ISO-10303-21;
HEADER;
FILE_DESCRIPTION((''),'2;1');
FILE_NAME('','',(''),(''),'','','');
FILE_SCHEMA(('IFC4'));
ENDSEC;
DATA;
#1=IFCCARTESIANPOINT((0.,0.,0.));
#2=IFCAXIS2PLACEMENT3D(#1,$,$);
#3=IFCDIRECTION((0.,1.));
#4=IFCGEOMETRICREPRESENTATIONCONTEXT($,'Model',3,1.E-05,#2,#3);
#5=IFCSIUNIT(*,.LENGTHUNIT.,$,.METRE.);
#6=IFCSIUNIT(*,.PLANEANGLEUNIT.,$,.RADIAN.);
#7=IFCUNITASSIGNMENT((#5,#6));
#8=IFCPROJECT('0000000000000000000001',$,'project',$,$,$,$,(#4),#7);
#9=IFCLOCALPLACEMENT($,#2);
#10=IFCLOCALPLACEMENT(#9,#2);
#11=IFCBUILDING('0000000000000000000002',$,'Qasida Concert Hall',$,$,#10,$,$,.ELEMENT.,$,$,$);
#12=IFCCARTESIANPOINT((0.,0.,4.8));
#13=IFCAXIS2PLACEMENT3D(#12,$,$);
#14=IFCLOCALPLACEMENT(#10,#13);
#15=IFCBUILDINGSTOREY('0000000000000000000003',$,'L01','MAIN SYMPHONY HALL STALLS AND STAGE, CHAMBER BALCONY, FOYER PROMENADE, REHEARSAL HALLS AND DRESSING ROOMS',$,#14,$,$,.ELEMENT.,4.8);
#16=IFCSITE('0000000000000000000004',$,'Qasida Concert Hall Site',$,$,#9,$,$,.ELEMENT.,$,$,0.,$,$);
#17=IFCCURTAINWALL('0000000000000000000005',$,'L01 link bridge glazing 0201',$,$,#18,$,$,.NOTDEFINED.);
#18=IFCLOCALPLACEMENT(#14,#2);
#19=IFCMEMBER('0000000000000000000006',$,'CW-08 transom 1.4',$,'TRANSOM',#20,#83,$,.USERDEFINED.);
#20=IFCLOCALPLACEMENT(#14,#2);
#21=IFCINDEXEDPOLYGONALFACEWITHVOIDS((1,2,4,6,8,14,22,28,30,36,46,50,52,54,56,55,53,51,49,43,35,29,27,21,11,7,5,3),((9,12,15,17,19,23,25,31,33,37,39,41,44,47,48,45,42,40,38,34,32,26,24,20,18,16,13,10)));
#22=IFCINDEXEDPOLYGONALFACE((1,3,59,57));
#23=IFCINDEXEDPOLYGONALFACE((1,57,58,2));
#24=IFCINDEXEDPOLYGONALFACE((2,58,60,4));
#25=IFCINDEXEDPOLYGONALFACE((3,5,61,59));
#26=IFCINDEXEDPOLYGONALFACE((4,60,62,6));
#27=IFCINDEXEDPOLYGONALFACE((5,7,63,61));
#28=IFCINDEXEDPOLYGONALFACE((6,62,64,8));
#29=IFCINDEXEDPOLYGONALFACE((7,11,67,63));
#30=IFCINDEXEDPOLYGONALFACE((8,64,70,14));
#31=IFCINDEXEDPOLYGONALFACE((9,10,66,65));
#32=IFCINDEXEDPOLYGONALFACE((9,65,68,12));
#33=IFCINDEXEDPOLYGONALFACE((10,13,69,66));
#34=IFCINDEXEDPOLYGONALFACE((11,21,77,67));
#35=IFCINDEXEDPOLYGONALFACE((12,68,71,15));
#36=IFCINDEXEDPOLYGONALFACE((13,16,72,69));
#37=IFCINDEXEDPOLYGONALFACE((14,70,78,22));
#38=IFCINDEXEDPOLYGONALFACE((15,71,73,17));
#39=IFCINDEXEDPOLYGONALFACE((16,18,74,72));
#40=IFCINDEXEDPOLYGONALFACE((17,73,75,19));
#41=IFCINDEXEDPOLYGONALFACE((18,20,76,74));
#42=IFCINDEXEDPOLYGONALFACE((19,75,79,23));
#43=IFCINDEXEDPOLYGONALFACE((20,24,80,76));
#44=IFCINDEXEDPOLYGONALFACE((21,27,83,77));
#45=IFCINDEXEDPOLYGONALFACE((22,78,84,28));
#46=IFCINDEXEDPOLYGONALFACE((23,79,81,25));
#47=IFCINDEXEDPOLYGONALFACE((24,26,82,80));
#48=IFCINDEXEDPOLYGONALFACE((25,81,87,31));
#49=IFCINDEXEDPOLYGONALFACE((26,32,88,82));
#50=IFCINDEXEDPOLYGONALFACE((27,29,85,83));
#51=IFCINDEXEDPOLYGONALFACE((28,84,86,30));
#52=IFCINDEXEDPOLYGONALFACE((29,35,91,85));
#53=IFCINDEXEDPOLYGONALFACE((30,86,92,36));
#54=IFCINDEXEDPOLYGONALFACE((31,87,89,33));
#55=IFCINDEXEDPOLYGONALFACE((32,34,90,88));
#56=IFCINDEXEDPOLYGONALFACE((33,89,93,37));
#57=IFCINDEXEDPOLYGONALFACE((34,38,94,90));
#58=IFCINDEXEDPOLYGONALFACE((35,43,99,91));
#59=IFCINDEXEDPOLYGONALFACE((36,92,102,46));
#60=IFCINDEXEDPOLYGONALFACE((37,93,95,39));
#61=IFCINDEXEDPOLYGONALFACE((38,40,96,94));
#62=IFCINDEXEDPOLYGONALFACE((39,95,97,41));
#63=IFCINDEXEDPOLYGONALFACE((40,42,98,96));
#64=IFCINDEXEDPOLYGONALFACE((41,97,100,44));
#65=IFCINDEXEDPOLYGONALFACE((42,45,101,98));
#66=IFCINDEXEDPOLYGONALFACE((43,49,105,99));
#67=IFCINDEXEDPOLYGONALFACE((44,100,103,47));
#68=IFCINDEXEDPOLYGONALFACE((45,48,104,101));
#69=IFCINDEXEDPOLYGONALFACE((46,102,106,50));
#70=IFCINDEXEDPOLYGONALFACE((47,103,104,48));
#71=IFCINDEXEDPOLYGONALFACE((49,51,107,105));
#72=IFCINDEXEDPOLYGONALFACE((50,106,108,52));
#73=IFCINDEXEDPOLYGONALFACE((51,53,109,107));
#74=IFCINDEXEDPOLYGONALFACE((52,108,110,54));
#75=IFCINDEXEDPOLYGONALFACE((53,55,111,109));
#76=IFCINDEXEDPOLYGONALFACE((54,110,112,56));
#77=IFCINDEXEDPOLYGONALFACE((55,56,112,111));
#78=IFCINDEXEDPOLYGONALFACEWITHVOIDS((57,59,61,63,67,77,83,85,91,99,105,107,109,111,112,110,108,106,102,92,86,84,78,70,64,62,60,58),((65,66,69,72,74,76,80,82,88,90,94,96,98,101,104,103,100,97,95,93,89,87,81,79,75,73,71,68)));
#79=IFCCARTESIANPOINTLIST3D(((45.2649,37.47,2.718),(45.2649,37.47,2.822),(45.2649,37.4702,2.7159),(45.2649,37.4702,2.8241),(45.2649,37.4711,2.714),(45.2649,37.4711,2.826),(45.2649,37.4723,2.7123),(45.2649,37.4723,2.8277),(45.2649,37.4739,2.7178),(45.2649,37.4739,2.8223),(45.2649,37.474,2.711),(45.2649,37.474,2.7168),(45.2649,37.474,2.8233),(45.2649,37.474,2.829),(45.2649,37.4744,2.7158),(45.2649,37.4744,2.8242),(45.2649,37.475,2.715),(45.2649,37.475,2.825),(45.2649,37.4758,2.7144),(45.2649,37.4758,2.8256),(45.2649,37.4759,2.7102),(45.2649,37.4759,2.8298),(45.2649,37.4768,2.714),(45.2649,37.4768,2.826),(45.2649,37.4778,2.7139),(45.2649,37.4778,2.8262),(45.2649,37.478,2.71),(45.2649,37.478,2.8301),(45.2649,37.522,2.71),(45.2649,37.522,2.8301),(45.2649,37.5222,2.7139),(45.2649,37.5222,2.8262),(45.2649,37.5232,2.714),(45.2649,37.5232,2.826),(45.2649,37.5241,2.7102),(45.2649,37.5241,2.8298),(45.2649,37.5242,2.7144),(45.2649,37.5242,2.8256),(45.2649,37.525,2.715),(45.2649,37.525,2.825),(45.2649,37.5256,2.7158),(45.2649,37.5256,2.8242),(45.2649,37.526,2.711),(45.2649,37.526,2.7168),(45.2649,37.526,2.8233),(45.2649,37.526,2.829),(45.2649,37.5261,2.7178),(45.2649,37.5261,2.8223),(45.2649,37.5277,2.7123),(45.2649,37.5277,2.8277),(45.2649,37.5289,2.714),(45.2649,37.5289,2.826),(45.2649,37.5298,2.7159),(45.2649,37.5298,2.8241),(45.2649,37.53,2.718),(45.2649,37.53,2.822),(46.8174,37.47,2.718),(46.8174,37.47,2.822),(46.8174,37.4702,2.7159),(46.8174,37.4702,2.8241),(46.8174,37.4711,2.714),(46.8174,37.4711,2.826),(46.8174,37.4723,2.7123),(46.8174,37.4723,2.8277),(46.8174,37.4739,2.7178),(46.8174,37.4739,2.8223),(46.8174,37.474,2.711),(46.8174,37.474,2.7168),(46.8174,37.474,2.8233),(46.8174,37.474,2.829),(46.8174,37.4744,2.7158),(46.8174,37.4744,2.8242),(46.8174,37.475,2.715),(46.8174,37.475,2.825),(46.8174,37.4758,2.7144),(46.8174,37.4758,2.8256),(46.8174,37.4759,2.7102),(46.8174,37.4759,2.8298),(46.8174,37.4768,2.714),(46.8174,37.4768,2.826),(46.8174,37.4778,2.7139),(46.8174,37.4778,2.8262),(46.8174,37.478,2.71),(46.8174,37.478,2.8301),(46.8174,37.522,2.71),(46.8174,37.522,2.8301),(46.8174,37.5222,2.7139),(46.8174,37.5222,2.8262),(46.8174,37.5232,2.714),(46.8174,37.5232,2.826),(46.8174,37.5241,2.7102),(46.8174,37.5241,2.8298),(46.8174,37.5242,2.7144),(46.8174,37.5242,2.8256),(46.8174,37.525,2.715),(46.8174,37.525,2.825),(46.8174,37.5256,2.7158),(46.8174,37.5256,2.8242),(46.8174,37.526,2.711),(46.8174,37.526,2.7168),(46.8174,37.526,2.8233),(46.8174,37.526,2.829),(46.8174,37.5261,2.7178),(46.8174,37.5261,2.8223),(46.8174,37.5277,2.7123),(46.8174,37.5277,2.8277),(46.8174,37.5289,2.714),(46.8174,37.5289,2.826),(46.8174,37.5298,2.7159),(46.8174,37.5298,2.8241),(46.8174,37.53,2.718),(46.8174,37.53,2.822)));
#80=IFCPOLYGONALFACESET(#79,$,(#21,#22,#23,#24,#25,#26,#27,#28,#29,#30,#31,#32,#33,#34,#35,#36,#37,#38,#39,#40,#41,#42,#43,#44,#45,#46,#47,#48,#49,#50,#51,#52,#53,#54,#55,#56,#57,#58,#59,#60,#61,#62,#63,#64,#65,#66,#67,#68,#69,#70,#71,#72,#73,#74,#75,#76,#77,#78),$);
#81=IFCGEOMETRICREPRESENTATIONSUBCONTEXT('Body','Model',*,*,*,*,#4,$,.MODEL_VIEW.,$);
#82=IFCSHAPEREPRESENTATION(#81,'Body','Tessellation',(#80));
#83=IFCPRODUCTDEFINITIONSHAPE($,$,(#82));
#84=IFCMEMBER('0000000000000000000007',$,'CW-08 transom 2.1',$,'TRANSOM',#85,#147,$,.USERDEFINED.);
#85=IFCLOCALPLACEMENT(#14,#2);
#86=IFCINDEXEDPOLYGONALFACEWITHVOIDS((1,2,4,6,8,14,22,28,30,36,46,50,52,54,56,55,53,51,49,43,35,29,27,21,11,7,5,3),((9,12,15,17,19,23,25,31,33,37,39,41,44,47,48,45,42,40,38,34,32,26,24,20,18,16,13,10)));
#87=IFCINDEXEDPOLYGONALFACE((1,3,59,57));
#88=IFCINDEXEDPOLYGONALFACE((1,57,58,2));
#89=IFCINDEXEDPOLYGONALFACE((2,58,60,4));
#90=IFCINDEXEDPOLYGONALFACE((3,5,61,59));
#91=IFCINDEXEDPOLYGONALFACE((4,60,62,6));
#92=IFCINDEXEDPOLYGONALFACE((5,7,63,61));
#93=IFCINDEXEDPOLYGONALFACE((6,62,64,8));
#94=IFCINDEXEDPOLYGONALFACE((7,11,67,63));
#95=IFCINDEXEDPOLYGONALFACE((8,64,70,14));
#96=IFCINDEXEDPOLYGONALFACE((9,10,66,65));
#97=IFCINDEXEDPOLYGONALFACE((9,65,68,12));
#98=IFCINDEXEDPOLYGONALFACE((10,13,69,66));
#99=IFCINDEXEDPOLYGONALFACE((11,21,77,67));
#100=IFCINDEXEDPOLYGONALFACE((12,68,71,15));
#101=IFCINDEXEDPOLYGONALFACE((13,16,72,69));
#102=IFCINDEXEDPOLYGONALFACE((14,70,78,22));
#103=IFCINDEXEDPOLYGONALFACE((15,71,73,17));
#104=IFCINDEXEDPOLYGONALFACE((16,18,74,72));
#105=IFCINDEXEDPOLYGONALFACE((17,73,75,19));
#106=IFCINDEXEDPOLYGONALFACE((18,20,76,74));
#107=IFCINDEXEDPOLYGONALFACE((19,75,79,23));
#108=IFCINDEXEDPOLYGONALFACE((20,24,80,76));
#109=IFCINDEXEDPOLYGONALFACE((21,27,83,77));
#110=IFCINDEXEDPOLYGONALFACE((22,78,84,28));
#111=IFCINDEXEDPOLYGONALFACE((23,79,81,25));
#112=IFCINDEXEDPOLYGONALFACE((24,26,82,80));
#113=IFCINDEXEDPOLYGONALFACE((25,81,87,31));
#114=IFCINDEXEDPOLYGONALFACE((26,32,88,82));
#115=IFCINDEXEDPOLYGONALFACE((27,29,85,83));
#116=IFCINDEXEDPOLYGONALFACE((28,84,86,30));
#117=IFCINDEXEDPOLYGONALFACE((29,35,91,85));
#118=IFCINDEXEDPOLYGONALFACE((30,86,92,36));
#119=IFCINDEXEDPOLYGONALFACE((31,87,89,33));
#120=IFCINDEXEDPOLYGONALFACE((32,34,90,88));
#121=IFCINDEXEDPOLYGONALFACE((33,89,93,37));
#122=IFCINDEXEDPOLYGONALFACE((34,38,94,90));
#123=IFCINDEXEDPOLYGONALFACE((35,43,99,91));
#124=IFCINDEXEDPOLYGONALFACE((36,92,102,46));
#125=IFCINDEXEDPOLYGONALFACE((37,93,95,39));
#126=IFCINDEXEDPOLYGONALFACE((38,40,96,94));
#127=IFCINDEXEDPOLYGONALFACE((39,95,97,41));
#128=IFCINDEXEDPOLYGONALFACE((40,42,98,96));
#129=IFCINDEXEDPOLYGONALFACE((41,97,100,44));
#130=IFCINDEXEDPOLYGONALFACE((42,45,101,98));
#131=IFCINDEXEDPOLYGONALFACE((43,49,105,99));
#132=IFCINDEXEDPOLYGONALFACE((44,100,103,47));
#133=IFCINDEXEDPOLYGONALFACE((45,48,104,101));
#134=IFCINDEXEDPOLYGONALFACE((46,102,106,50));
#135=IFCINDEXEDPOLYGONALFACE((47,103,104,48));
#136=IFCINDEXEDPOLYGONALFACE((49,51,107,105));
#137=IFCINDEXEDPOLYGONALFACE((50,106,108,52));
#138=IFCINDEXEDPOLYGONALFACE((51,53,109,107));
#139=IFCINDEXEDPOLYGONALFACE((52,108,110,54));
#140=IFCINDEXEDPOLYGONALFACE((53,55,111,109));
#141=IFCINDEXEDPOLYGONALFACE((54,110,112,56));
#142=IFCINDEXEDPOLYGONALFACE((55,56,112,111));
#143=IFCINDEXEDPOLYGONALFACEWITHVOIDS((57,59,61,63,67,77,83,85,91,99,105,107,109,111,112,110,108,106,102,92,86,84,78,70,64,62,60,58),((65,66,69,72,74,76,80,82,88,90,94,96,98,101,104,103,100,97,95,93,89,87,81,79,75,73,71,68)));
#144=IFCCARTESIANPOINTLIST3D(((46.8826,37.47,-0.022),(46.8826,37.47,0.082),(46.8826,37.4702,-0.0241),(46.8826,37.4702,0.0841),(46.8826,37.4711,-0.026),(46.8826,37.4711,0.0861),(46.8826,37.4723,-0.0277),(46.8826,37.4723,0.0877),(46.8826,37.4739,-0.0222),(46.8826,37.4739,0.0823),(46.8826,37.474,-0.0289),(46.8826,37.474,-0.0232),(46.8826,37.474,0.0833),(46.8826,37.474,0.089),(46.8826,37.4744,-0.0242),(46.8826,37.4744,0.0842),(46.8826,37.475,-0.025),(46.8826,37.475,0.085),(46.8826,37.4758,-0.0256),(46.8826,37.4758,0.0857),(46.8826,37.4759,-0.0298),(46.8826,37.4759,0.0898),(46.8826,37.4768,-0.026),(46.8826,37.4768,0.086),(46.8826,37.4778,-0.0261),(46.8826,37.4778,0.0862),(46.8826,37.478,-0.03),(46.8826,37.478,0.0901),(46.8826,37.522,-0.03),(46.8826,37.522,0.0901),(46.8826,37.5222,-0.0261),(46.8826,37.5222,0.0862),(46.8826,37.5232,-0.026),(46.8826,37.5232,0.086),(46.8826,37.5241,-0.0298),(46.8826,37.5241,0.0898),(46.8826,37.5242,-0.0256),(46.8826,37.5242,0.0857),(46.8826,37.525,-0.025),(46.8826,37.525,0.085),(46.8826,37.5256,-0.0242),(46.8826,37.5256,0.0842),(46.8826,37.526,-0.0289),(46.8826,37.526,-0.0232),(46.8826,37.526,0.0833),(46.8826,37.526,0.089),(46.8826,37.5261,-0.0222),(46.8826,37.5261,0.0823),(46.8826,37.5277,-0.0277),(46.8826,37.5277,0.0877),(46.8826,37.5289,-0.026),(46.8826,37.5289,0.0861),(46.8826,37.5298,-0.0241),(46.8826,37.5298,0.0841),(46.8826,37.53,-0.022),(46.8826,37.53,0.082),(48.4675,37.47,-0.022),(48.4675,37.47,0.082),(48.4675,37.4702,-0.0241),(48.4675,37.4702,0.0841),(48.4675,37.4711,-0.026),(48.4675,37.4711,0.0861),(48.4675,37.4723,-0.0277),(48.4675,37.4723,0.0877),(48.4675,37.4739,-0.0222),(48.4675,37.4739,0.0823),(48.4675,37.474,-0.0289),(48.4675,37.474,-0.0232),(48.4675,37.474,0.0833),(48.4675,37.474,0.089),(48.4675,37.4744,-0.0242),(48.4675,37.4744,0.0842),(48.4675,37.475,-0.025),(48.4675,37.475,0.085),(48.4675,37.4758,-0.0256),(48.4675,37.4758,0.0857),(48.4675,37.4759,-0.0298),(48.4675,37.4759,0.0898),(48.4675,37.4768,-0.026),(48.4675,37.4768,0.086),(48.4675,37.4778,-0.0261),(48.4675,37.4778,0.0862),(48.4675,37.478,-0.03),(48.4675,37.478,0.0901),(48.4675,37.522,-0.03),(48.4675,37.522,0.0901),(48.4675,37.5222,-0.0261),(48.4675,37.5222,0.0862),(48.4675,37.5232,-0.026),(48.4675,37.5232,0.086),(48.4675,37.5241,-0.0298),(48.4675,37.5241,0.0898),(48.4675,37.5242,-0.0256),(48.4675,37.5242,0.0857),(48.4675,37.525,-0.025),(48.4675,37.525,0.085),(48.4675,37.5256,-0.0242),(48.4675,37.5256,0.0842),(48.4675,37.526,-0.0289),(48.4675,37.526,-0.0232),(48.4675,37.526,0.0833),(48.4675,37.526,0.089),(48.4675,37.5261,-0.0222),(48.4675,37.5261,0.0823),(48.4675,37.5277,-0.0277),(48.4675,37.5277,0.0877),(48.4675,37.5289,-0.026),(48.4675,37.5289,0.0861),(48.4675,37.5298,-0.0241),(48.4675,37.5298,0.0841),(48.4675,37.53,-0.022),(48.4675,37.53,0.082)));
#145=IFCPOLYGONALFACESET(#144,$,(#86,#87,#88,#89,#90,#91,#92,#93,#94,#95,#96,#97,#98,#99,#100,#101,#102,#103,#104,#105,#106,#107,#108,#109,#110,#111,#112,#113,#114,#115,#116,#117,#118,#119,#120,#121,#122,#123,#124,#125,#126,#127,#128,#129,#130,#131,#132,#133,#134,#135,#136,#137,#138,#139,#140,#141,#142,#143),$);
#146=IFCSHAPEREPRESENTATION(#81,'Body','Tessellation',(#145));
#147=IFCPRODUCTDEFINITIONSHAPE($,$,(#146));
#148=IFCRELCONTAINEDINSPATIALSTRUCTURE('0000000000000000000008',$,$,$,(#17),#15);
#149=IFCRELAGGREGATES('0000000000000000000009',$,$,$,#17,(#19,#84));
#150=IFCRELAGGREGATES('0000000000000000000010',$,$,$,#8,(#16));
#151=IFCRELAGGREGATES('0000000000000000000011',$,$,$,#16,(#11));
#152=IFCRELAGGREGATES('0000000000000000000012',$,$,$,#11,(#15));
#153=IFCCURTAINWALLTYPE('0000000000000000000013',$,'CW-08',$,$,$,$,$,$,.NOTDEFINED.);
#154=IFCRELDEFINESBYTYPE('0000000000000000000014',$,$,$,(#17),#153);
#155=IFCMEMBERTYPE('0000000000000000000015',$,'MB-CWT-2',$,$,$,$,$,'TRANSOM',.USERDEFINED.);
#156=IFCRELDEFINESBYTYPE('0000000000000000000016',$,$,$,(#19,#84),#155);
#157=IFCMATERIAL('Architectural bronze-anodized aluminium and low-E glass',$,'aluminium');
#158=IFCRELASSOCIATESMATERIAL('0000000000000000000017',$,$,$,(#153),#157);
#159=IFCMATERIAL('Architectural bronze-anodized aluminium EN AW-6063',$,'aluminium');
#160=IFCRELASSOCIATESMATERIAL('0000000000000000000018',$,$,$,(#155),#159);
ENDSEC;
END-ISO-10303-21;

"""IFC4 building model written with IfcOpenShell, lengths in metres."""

from ifc_helpers import new_model, si_unit, direction, frame, origin, origin_2d, place, context, subcontext, project, spatial, hollow_rectangle, extrude, material, material_profile, profile_set, type_object, element, aggregate, save


model = new_model("IFC4")

# Units and contexts
model_context = context("Model", 3, precision=1e-05, world=origin(), true_north=direction((0.0, 1.0)))
body_context = subcontext(model_context, "Body", "Model", "MODEL_VIEW")
ifc_project = project(units=[si_unit("LENGTHUNIT", "METRE"), si_unit("PLANEANGLEUNIT", "RADIAN")], contexts=[model_context])

# Site, building, storey
site_placement = place(None, origin())
site = spatial("IfcSite", under=ifc_project, at=site_placement, Name="Qasida Concert Hall Site", CompositionType="ELEMENT", RefElevation=0.0)
building_placement = place(site_placement, origin())
building = spatial("IfcBuilding", under=site, at=building_placement, Name="Qasida Concert Hall", CompositionType="ELEMENT")
storey_placement = place(building_placement, frame((0.0, 0.0, 4.8)))
storey = spatial("IfcBuildingStorey", under=building, at=storey_placement, Name="L01", Description="MAIN SYMPHONY HALL STALLS AND STAGE, CHAMBER BALCONY, FOYER PROMENADE, REHEARSAL HALLS AND DRESSING ROOMS", CompositionType="ELEMENT", Elevation=4.8)

# Curtain wall
ifc_material_1 = material(Name="Architectural bronze-anodized aluminium and low-E glass", Category="aluminium")
curtain_wall_type = type_object("IfcCurtainWallType", Name="CW-08", PredefinedType="NOTDEFINED", material=ifc_material_1)
ifc_material_2 = material(Name="Architectural bronze-anodized aluminium EN AW-6063", Category="aluminium")
curtain_wall_1_placement = place(storey_placement, origin())
curtain_wall_1 = element("IfcCurtainWall", 1, at=curtain_wall_1_placement, inside=storey, type_object=curtain_wall_type, Name="L01 link bridge glazing 0201", PredefinedType="NOTDEFINED")

# Members
ifc_material_profile_1 = material_profile(ifc_material_2, hollow_rectangle(XDim=0.0601, YDim=0.1201, WallThickness=0.0039, InnerFilletRadius=0.0039, OuterFilletRadius=0.0081, at=origin_2d()), Name="CWT 120x60x4")
ifc_profile_set_1 = profile_set([ifc_material_profile_1], Name="Architectural bronze-anodized aluminium EN AW-6063")
member_type_1 = type_object("IfcMemberType", Name="MB-CWT-2", ElementType="TRANSOM", PredefinedType="USERDEFINED", material=ifc_profile_set_1)
member_1_placement = place(storey_placement, frame((45.2649, 37.5, 2.77), z_axis=(1.0, 0.0, 0.0), x_axis=(0.0, 1.0, 0.0)))
member_1 = element("IfcMember", 2, at=member_1_placement, type_object=member_type_1, Name="CW-08 transom 1.4", ObjectType="TRANSOM", PredefinedType="USERDEFINED", context=body_context, shape_type="SweptSolid", body=[
    extrude(hollow_rectangle(XDim=0.0601, YDim=0.1201, WallThickness=0.0039, InnerFilletRadius=0.0039, OuterFilletRadius=0.0081, at=origin_2d()), origin(), (0.0, 0.0, 1.0), 1.5525),
])
member_2_placement = place(storey_placement, frame((46.8826, 37.5, 0.03), z_axis=(1.0, 0.0, 0.0), x_axis=(0.0, 1.0, 0.0)))
member_2 = element("IfcMember", 3, at=member_2_placement, type_object=member_type_1, Name="CW-08 transom 2.1", ObjectType="TRANSOM", PredefinedType="USERDEFINED", context=body_context, shape_type="SweptSolid", body=[
    extrude(hollow_rectangle(XDim=0.0601, YDim=0.1201, WallThickness=0.0039, InnerFilletRadius=0.0039, OuterFilletRadius=0.0081, at=origin_2d()), origin(), (0.0, 0.0, 1.0), 1.585),
])

aggregate(curtain_wall_1, [member_1, member_2])

save(model, "model.ifc")
